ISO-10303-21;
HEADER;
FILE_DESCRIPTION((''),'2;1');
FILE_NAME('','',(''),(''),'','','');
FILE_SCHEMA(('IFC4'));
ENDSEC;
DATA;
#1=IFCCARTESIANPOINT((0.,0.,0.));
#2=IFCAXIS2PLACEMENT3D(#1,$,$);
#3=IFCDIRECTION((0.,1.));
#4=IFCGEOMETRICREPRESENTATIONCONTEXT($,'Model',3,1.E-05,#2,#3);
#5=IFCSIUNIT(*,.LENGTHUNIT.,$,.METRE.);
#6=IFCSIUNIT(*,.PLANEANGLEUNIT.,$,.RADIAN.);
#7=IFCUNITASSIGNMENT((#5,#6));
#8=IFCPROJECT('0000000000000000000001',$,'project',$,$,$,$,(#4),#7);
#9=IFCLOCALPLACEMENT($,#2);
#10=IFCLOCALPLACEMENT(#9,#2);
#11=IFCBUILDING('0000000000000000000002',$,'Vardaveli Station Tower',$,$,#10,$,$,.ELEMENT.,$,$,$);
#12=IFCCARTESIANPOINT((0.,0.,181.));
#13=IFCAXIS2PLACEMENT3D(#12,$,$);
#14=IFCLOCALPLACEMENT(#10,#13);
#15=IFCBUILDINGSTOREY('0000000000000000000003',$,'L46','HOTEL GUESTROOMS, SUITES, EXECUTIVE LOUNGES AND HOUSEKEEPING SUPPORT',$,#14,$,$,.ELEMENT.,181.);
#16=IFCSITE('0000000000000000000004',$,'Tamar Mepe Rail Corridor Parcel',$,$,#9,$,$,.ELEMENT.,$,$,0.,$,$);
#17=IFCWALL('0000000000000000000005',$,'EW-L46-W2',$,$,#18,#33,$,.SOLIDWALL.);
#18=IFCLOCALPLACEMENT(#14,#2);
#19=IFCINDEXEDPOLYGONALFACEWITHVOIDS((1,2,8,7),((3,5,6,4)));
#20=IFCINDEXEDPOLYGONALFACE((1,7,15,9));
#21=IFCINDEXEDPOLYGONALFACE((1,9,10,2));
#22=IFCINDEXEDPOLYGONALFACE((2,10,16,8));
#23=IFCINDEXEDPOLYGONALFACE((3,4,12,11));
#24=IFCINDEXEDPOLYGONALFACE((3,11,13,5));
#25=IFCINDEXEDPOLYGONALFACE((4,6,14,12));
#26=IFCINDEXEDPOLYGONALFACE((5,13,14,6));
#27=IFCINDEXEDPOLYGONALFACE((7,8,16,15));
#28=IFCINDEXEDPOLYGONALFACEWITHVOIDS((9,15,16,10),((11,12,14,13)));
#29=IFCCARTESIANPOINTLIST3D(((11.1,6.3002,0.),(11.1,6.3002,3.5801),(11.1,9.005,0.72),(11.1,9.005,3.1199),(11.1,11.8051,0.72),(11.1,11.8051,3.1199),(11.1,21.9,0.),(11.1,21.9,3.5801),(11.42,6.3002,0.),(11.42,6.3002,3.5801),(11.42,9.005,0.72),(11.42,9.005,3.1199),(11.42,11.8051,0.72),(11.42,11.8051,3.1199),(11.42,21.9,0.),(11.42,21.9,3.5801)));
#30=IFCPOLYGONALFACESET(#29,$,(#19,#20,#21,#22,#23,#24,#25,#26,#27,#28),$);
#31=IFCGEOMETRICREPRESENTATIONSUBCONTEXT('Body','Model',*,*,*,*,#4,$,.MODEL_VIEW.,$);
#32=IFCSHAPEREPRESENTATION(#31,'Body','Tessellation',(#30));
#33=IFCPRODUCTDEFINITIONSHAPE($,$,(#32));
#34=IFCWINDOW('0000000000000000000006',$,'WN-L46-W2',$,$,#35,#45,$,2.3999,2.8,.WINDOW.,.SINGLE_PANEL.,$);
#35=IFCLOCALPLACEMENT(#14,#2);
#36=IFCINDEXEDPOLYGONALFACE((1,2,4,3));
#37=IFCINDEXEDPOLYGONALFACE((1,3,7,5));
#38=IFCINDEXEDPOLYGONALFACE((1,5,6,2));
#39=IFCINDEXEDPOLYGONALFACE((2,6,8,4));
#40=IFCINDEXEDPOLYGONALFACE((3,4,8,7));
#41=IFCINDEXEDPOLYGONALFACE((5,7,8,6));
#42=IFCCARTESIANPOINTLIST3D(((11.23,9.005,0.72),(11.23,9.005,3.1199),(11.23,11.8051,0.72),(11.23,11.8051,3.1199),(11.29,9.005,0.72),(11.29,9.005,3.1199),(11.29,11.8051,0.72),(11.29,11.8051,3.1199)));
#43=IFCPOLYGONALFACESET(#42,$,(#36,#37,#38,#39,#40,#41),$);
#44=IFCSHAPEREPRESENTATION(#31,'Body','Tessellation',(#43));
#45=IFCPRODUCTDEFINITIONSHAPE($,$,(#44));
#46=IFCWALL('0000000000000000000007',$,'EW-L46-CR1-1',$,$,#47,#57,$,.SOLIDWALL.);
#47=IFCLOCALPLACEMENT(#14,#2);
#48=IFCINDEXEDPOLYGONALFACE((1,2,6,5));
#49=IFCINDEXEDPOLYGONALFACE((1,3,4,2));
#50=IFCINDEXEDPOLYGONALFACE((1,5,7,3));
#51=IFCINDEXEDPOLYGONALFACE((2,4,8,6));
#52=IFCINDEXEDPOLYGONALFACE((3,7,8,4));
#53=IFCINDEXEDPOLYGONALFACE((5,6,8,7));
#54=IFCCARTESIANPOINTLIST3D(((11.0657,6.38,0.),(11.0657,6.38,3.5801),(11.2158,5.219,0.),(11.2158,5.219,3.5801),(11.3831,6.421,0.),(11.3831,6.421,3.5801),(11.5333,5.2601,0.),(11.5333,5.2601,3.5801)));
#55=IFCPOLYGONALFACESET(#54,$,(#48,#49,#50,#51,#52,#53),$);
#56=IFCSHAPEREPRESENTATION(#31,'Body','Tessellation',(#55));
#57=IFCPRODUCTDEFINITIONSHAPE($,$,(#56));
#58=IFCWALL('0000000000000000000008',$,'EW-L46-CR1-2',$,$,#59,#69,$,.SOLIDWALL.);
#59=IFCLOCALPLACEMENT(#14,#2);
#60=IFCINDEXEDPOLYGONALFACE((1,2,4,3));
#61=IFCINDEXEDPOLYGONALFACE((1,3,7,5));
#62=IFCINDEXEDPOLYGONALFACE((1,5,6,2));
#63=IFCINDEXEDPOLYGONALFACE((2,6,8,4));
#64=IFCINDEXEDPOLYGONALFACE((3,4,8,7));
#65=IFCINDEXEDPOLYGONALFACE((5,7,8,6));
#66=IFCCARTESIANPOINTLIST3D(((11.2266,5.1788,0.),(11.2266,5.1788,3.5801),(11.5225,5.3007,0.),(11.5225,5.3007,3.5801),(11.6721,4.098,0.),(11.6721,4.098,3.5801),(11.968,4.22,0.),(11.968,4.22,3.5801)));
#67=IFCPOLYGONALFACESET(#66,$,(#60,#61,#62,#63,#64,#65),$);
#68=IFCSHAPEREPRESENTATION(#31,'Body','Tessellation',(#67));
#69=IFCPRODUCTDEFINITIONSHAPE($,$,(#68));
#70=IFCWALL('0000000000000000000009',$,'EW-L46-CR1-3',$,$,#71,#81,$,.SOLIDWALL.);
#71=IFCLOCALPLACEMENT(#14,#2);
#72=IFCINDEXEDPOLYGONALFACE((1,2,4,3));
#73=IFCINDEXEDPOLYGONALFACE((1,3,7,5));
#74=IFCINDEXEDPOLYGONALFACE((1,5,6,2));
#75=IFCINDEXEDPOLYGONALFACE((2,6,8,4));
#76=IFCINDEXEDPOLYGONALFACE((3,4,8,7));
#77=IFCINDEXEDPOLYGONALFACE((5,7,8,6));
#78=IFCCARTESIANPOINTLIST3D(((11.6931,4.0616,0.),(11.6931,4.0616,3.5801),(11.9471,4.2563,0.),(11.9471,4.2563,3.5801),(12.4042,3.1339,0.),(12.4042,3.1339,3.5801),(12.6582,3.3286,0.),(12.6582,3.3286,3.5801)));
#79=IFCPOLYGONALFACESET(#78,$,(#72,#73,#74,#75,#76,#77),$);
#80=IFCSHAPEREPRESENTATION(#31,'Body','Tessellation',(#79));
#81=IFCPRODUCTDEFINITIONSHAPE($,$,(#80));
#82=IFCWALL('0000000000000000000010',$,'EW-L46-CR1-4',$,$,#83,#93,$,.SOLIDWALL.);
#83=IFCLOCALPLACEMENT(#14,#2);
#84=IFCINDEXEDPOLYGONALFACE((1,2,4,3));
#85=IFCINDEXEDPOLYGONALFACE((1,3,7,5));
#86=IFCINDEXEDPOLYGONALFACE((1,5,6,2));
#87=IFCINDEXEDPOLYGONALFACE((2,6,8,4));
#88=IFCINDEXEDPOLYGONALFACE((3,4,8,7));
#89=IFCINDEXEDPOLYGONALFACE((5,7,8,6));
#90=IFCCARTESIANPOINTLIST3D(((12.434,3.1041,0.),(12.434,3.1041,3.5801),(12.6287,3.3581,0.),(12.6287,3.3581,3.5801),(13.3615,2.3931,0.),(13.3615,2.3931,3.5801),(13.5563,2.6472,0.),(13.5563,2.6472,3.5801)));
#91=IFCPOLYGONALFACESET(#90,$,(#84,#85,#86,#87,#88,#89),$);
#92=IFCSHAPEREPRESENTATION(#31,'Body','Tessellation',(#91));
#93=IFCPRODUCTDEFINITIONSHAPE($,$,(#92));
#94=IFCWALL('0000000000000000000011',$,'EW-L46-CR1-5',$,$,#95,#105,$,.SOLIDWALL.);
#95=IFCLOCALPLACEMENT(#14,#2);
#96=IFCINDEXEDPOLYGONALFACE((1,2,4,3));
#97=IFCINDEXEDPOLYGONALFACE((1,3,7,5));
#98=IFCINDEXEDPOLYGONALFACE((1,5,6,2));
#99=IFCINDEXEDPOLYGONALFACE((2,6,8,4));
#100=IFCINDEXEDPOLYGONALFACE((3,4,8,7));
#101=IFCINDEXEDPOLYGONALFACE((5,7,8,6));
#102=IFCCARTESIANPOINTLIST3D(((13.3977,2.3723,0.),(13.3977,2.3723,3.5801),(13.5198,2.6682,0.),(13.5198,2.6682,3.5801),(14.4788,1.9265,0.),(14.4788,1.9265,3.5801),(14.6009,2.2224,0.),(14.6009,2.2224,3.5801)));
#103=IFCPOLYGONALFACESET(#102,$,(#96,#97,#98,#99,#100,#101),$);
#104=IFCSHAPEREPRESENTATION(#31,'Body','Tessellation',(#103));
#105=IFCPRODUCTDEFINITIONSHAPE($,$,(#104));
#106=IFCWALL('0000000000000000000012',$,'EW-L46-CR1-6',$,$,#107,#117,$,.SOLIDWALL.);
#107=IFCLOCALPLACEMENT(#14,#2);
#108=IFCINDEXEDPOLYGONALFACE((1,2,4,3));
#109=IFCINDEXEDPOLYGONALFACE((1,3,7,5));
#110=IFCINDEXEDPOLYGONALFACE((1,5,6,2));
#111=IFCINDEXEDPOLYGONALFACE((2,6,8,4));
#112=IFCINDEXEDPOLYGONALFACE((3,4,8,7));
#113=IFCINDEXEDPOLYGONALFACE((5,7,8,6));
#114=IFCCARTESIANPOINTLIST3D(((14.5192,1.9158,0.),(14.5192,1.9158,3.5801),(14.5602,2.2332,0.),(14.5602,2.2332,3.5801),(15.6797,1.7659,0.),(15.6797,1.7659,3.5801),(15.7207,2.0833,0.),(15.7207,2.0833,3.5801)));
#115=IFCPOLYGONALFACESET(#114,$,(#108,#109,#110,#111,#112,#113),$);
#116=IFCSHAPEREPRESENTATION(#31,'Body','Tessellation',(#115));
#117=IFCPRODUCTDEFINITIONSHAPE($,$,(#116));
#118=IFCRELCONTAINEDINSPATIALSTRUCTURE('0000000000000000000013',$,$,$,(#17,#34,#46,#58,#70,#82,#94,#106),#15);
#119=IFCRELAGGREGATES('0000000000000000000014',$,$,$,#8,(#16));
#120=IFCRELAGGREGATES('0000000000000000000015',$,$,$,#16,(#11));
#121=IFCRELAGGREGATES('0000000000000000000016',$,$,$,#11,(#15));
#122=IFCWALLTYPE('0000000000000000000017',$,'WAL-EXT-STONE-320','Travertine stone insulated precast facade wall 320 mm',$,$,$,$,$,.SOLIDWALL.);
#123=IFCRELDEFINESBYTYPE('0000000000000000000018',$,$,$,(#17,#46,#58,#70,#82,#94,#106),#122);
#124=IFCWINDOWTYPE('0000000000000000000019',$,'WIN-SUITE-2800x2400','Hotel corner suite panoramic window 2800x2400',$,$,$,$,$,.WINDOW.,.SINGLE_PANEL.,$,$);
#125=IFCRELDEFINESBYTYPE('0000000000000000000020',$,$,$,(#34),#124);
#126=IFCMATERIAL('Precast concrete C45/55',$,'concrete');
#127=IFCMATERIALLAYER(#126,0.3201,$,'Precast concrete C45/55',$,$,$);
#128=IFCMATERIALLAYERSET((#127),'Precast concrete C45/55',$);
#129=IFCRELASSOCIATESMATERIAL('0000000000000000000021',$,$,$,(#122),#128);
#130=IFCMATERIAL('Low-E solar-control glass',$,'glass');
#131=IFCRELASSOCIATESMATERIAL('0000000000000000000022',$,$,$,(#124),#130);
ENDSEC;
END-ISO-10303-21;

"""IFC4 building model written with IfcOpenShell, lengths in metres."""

from ifc_helpers import new_model, si_unit, direction, frame, frame_2d, origin, place, context, subcontext, project, spatial, rectangle, extrude, source, transform, mapped, material, layer, layer_set, type_object, element, fill, save


model = new_model("IFC4")

# Units and contexts
model_context = context("Model", 3, precision=1e-05, world=origin(), true_north=direction((0.0, 1.0)))
body_context = subcontext(model_context, "Body", "Model", "MODEL_VIEW")
ifc_project = project(units=[si_unit("LENGTHUNIT", "METRE"), si_unit("PLANEANGLEUNIT", "RADIAN")], contexts=[model_context])

# Site, building, storey
site_placement = place(None, origin())
site = spatial("IfcSite", under=ifc_project, at=site_placement, Name="Tamar Mepe Rail Corridor Parcel", CompositionType="ELEMENT", RefElevation=0.0)
building_placement = place(site_placement, origin())
building = spatial("IfcBuilding", under=site, at=building_placement, Name="Vardaveli Station Tower", CompositionType="ELEMENT")
storey_placement = place(building_placement, frame((0.0, 0.0, 181.0)))
storey = spatial("IfcBuildingStorey", under=building, at=storey_placement, Name="L46", Description="HOTEL GUESTROOMS, SUITES, EXECUTIVE LOUNGES AND HOUSEKEEPING SUPPORT", CompositionType="ELEMENT", Elevation=181.0)

# Shared definitions
ifc_material_1 = material(Name="Precast concrete C45/55", Category="concrete")

# Wall, opening, window
ifc_layer_1 = layer(ifc_material_1, 0.3201, Name="Precast concrete C45/55")
ifc_layer_set_1 = layer_set([ifc_layer_1], Name="Precast concrete C45/55")
wall_type_1 = type_object("IfcWallType", Name="WAL-EXT-STONE-320", Description="Travertine stone insulated precast facade wall 320 mm", PredefinedType="SOLIDWALL", material=ifc_layer_set_1)
shared_shape_1 = source(origin(), body_context, "Body", "SweptSolid", [
    extrude(rectangle(XDim=15.5999, YDim=0.3201, at=frame_2d((7.7998, 0.0))), origin(), (0.0, 0.0, 1.0), 3.5801),
])
wall_1_placement = place(storey_placement, frame((11.26, 21.8999, 0.0), z_axis=(0.0, 0.0, 1.0), x_axis=(0.0, -1.0, 0.0)))
wall_1 = element("IfcWall", 1, at=wall_1_placement, inside=storey, type_object=wall_type_1, Name="EW-L46-W2", PredefinedType="SOLIDWALL", context=body_context, shape_type="MappedRepresentation", body=[
    mapped(shared_shape_1, transform((0.0, 0.0, 0.0), scale=1.0)),
])
shared_shape_2 = source(origin(), body_context, "Body", "SweptSolid", [
    extrude(rectangle(XDim=2.8, YDim=2.3999, at=frame_2d((1.3999, 1.2))), frame((0.0, 0.1699, 0.0), z_axis=(0.0, -1.0, 0.0), x_axis=(1.0, 0.0, 0.0)), (0.0, 0.0, 1.0), 0.3401),
])
opening_1_placement = place(wall_1_placement, frame((10.095, 0.0, 0.72)))
opening_1 = element("IfcOpeningElement", 2, at=opening_1_placement, cuts=wall_1, PredefinedType="OPENING", context=body_context, shape_type="MappedRepresentation", body=[
    mapped(shared_shape_2, transform((0.0, 0.0, 0.0), scale=1.0)),
])
ifc_material_2 = material(Name="Low-E solar-control glass", Category="glass")
window_type = type_object("IfcWindowType", Name="WIN-SUITE-2800x2400", Description="Hotel corner suite panoramic window 2800x2400", PartitioningType="SINGLE_PANEL", PredefinedType="WINDOW", material=ifc_material_2)
shared_shape_3 = source(origin(), body_context, "Body", "SweptSolid", [
    extrude(rectangle(XDim=2.8, YDim=2.3999, at=frame_2d((1.3999, 1.2))), frame((0.0, 0.03, 0.0), z_axis=(0.0, -1.0, 0.0), x_axis=(1.0, 0.0, 0.0)), (0.0, 0.0, 1.0), 0.0601),
])
window_placement = place(opening_1_placement, origin())
window = element("IfcWindow", 3, at=window_placement, inside=storey, type_object=window_type, Name="WN-L46-W2", OverallHeight=2.3999, OverallWidth=2.8, PartitioningType="SINGLE_PANEL", PredefinedType="WINDOW", context=body_context, shape_type="MappedRepresentation", body=[
    mapped(shared_shape_3, transform((0.0, 0.0, 0.0), scale=1.0)),
])
fill(opening_1, window)

# Walls
shared_shape_4 = source(origin(), body_context, "Body", "SweptSolid", [
    extrude(rectangle(XDim=1.1707, YDim=0.3201, at=frame_2d((0.5854, 0.0))), origin(), (0.0, 0.0, 1.0), 3.5801),
])
wall_2_placement = place(storey_placement, frame((11.2244, 6.4006, 0.0), z_axis=(0.0, 0.0, 1.0), x_axis=(0.128269, -0.991739, 0.0)))
element("IfcWall", 4, at=wall_2_placement, inside=storey, type_object=wall_type_1, Name="EW-L46-CR1-1", PredefinedType="SOLIDWALL", context=body_context, shape_type="MappedRepresentation", body=[
    mapped(shared_shape_4, transform((0.0, 0.0, 0.0), scale=1.0)),
])
shared_shape_5 = source(origin(), body_context, "Body", "SweptSolid", [
    extrude(rectangle(XDim=1.1689, YDim=0.3201, at=frame_2d((0.5845, 0.0))), origin(), (0.0, 0.0, 1.0), 3.5801),
])
for number, where, z_axis, x_axis, name in (
    (5, (11.3745, 5.2397, 0.0), (0.0, 0.0, 1.0), (0.381128, -0.924522, 0.0), "EW-L46-CR1-2"),
    (6, (11.8201, 4.1589, 0.0), (0.0, 0.0, 1.0), (0.608388, -0.79364, 0.0), "EW-L46-CR1-3"),
):
    element("IfcWall", number, at=place(storey_placement, frame(where, z_axis=z_axis, x_axis=x_axis)), inside=storey, type_object=wall_type_1, Name=name, PredefinedType="SOLIDWALL", context=body_context, shape_type="MappedRepresentation", body=[
        mapped(shared_shape_5, transform((0.0, 0.0, 0.0), scale=1.0)),
    ])
shared_shape_6 = source(origin(), body_context, "Body", "SweptSolid", [
    extrude(rectangle(XDim=1.1687, YDim=0.3201, at=frame_2d((0.5845, 0.0))), origin(), (0.0, 0.0, 1.0), 3.5801),
])
wall_3_placement = place(storey_placement, frame((12.5312, 3.2312, 0.0), z_axis=(0.0, 0.0, 1.0), x_axis=(0.793664, -0.608357, 0.0)))
element("IfcWall", 7, at=wall_3_placement, inside=storey, type_object=wall_type_1, Name="EW-L46-CR1-4", PredefinedType="SOLIDWALL", context=body_context, shape_type="MappedRepresentation", body=[
    mapped(shared_shape_6, transform((0.0, 0.0, 0.0), scale=1.0)),
])
shared_shape_7 = source(origin(), body_context, "Body", "SweptSolid", [
    extrude(rectangle(XDim=1.1694, YDim=0.3201, at=frame_2d((0.5847, 0.0))), origin(), (0.0, 0.0, 1.0), 3.5801),
])
wall_4_placement = place(storey_placement, frame((13.4587, 2.5203, 0.0), z_axis=(0.0, 0.0, 1.0), x_axis=(0.924479, -0.381233, 0.0)))
element("IfcWall", 8, at=wall_4_placement, inside=storey, type_object=wall_type_1, Name="EW-L46-CR1-5", PredefinedType="SOLIDWALL", context=body_context, shape_type="MappedRepresentation", body=[
    mapped(shared_shape_7, transform((0.0, 0.0, 0.0), scale=1.0)),
])
shared_shape_8 = source(origin(), body_context, "Body", "SweptSolid", [
    extrude(rectangle(XDim=1.1702, YDim=0.3201, at=frame_2d((0.585, 0.0))), origin(), (0.0, 0.0, 1.0), 3.5801),
])
wall_5_placement = place(storey_placement, frame((14.5398, 2.0745, 0.0), z_axis=(0.0, 0.0, 1.0), x_axis=(0.991762, -0.12809, 0.0)))
element("IfcWall", 9, at=wall_5_placement, inside=storey, type_object=wall_type_1, Name="EW-L46-CR1-6", PredefinedType="SOLIDWALL", context=body_context, shape_type="MappedRepresentation", body=[
    mapped(shared_shape_8, transform((0.0, 0.0, 0.0), scale=1.0)),
])

save(model, "model.ifc")
